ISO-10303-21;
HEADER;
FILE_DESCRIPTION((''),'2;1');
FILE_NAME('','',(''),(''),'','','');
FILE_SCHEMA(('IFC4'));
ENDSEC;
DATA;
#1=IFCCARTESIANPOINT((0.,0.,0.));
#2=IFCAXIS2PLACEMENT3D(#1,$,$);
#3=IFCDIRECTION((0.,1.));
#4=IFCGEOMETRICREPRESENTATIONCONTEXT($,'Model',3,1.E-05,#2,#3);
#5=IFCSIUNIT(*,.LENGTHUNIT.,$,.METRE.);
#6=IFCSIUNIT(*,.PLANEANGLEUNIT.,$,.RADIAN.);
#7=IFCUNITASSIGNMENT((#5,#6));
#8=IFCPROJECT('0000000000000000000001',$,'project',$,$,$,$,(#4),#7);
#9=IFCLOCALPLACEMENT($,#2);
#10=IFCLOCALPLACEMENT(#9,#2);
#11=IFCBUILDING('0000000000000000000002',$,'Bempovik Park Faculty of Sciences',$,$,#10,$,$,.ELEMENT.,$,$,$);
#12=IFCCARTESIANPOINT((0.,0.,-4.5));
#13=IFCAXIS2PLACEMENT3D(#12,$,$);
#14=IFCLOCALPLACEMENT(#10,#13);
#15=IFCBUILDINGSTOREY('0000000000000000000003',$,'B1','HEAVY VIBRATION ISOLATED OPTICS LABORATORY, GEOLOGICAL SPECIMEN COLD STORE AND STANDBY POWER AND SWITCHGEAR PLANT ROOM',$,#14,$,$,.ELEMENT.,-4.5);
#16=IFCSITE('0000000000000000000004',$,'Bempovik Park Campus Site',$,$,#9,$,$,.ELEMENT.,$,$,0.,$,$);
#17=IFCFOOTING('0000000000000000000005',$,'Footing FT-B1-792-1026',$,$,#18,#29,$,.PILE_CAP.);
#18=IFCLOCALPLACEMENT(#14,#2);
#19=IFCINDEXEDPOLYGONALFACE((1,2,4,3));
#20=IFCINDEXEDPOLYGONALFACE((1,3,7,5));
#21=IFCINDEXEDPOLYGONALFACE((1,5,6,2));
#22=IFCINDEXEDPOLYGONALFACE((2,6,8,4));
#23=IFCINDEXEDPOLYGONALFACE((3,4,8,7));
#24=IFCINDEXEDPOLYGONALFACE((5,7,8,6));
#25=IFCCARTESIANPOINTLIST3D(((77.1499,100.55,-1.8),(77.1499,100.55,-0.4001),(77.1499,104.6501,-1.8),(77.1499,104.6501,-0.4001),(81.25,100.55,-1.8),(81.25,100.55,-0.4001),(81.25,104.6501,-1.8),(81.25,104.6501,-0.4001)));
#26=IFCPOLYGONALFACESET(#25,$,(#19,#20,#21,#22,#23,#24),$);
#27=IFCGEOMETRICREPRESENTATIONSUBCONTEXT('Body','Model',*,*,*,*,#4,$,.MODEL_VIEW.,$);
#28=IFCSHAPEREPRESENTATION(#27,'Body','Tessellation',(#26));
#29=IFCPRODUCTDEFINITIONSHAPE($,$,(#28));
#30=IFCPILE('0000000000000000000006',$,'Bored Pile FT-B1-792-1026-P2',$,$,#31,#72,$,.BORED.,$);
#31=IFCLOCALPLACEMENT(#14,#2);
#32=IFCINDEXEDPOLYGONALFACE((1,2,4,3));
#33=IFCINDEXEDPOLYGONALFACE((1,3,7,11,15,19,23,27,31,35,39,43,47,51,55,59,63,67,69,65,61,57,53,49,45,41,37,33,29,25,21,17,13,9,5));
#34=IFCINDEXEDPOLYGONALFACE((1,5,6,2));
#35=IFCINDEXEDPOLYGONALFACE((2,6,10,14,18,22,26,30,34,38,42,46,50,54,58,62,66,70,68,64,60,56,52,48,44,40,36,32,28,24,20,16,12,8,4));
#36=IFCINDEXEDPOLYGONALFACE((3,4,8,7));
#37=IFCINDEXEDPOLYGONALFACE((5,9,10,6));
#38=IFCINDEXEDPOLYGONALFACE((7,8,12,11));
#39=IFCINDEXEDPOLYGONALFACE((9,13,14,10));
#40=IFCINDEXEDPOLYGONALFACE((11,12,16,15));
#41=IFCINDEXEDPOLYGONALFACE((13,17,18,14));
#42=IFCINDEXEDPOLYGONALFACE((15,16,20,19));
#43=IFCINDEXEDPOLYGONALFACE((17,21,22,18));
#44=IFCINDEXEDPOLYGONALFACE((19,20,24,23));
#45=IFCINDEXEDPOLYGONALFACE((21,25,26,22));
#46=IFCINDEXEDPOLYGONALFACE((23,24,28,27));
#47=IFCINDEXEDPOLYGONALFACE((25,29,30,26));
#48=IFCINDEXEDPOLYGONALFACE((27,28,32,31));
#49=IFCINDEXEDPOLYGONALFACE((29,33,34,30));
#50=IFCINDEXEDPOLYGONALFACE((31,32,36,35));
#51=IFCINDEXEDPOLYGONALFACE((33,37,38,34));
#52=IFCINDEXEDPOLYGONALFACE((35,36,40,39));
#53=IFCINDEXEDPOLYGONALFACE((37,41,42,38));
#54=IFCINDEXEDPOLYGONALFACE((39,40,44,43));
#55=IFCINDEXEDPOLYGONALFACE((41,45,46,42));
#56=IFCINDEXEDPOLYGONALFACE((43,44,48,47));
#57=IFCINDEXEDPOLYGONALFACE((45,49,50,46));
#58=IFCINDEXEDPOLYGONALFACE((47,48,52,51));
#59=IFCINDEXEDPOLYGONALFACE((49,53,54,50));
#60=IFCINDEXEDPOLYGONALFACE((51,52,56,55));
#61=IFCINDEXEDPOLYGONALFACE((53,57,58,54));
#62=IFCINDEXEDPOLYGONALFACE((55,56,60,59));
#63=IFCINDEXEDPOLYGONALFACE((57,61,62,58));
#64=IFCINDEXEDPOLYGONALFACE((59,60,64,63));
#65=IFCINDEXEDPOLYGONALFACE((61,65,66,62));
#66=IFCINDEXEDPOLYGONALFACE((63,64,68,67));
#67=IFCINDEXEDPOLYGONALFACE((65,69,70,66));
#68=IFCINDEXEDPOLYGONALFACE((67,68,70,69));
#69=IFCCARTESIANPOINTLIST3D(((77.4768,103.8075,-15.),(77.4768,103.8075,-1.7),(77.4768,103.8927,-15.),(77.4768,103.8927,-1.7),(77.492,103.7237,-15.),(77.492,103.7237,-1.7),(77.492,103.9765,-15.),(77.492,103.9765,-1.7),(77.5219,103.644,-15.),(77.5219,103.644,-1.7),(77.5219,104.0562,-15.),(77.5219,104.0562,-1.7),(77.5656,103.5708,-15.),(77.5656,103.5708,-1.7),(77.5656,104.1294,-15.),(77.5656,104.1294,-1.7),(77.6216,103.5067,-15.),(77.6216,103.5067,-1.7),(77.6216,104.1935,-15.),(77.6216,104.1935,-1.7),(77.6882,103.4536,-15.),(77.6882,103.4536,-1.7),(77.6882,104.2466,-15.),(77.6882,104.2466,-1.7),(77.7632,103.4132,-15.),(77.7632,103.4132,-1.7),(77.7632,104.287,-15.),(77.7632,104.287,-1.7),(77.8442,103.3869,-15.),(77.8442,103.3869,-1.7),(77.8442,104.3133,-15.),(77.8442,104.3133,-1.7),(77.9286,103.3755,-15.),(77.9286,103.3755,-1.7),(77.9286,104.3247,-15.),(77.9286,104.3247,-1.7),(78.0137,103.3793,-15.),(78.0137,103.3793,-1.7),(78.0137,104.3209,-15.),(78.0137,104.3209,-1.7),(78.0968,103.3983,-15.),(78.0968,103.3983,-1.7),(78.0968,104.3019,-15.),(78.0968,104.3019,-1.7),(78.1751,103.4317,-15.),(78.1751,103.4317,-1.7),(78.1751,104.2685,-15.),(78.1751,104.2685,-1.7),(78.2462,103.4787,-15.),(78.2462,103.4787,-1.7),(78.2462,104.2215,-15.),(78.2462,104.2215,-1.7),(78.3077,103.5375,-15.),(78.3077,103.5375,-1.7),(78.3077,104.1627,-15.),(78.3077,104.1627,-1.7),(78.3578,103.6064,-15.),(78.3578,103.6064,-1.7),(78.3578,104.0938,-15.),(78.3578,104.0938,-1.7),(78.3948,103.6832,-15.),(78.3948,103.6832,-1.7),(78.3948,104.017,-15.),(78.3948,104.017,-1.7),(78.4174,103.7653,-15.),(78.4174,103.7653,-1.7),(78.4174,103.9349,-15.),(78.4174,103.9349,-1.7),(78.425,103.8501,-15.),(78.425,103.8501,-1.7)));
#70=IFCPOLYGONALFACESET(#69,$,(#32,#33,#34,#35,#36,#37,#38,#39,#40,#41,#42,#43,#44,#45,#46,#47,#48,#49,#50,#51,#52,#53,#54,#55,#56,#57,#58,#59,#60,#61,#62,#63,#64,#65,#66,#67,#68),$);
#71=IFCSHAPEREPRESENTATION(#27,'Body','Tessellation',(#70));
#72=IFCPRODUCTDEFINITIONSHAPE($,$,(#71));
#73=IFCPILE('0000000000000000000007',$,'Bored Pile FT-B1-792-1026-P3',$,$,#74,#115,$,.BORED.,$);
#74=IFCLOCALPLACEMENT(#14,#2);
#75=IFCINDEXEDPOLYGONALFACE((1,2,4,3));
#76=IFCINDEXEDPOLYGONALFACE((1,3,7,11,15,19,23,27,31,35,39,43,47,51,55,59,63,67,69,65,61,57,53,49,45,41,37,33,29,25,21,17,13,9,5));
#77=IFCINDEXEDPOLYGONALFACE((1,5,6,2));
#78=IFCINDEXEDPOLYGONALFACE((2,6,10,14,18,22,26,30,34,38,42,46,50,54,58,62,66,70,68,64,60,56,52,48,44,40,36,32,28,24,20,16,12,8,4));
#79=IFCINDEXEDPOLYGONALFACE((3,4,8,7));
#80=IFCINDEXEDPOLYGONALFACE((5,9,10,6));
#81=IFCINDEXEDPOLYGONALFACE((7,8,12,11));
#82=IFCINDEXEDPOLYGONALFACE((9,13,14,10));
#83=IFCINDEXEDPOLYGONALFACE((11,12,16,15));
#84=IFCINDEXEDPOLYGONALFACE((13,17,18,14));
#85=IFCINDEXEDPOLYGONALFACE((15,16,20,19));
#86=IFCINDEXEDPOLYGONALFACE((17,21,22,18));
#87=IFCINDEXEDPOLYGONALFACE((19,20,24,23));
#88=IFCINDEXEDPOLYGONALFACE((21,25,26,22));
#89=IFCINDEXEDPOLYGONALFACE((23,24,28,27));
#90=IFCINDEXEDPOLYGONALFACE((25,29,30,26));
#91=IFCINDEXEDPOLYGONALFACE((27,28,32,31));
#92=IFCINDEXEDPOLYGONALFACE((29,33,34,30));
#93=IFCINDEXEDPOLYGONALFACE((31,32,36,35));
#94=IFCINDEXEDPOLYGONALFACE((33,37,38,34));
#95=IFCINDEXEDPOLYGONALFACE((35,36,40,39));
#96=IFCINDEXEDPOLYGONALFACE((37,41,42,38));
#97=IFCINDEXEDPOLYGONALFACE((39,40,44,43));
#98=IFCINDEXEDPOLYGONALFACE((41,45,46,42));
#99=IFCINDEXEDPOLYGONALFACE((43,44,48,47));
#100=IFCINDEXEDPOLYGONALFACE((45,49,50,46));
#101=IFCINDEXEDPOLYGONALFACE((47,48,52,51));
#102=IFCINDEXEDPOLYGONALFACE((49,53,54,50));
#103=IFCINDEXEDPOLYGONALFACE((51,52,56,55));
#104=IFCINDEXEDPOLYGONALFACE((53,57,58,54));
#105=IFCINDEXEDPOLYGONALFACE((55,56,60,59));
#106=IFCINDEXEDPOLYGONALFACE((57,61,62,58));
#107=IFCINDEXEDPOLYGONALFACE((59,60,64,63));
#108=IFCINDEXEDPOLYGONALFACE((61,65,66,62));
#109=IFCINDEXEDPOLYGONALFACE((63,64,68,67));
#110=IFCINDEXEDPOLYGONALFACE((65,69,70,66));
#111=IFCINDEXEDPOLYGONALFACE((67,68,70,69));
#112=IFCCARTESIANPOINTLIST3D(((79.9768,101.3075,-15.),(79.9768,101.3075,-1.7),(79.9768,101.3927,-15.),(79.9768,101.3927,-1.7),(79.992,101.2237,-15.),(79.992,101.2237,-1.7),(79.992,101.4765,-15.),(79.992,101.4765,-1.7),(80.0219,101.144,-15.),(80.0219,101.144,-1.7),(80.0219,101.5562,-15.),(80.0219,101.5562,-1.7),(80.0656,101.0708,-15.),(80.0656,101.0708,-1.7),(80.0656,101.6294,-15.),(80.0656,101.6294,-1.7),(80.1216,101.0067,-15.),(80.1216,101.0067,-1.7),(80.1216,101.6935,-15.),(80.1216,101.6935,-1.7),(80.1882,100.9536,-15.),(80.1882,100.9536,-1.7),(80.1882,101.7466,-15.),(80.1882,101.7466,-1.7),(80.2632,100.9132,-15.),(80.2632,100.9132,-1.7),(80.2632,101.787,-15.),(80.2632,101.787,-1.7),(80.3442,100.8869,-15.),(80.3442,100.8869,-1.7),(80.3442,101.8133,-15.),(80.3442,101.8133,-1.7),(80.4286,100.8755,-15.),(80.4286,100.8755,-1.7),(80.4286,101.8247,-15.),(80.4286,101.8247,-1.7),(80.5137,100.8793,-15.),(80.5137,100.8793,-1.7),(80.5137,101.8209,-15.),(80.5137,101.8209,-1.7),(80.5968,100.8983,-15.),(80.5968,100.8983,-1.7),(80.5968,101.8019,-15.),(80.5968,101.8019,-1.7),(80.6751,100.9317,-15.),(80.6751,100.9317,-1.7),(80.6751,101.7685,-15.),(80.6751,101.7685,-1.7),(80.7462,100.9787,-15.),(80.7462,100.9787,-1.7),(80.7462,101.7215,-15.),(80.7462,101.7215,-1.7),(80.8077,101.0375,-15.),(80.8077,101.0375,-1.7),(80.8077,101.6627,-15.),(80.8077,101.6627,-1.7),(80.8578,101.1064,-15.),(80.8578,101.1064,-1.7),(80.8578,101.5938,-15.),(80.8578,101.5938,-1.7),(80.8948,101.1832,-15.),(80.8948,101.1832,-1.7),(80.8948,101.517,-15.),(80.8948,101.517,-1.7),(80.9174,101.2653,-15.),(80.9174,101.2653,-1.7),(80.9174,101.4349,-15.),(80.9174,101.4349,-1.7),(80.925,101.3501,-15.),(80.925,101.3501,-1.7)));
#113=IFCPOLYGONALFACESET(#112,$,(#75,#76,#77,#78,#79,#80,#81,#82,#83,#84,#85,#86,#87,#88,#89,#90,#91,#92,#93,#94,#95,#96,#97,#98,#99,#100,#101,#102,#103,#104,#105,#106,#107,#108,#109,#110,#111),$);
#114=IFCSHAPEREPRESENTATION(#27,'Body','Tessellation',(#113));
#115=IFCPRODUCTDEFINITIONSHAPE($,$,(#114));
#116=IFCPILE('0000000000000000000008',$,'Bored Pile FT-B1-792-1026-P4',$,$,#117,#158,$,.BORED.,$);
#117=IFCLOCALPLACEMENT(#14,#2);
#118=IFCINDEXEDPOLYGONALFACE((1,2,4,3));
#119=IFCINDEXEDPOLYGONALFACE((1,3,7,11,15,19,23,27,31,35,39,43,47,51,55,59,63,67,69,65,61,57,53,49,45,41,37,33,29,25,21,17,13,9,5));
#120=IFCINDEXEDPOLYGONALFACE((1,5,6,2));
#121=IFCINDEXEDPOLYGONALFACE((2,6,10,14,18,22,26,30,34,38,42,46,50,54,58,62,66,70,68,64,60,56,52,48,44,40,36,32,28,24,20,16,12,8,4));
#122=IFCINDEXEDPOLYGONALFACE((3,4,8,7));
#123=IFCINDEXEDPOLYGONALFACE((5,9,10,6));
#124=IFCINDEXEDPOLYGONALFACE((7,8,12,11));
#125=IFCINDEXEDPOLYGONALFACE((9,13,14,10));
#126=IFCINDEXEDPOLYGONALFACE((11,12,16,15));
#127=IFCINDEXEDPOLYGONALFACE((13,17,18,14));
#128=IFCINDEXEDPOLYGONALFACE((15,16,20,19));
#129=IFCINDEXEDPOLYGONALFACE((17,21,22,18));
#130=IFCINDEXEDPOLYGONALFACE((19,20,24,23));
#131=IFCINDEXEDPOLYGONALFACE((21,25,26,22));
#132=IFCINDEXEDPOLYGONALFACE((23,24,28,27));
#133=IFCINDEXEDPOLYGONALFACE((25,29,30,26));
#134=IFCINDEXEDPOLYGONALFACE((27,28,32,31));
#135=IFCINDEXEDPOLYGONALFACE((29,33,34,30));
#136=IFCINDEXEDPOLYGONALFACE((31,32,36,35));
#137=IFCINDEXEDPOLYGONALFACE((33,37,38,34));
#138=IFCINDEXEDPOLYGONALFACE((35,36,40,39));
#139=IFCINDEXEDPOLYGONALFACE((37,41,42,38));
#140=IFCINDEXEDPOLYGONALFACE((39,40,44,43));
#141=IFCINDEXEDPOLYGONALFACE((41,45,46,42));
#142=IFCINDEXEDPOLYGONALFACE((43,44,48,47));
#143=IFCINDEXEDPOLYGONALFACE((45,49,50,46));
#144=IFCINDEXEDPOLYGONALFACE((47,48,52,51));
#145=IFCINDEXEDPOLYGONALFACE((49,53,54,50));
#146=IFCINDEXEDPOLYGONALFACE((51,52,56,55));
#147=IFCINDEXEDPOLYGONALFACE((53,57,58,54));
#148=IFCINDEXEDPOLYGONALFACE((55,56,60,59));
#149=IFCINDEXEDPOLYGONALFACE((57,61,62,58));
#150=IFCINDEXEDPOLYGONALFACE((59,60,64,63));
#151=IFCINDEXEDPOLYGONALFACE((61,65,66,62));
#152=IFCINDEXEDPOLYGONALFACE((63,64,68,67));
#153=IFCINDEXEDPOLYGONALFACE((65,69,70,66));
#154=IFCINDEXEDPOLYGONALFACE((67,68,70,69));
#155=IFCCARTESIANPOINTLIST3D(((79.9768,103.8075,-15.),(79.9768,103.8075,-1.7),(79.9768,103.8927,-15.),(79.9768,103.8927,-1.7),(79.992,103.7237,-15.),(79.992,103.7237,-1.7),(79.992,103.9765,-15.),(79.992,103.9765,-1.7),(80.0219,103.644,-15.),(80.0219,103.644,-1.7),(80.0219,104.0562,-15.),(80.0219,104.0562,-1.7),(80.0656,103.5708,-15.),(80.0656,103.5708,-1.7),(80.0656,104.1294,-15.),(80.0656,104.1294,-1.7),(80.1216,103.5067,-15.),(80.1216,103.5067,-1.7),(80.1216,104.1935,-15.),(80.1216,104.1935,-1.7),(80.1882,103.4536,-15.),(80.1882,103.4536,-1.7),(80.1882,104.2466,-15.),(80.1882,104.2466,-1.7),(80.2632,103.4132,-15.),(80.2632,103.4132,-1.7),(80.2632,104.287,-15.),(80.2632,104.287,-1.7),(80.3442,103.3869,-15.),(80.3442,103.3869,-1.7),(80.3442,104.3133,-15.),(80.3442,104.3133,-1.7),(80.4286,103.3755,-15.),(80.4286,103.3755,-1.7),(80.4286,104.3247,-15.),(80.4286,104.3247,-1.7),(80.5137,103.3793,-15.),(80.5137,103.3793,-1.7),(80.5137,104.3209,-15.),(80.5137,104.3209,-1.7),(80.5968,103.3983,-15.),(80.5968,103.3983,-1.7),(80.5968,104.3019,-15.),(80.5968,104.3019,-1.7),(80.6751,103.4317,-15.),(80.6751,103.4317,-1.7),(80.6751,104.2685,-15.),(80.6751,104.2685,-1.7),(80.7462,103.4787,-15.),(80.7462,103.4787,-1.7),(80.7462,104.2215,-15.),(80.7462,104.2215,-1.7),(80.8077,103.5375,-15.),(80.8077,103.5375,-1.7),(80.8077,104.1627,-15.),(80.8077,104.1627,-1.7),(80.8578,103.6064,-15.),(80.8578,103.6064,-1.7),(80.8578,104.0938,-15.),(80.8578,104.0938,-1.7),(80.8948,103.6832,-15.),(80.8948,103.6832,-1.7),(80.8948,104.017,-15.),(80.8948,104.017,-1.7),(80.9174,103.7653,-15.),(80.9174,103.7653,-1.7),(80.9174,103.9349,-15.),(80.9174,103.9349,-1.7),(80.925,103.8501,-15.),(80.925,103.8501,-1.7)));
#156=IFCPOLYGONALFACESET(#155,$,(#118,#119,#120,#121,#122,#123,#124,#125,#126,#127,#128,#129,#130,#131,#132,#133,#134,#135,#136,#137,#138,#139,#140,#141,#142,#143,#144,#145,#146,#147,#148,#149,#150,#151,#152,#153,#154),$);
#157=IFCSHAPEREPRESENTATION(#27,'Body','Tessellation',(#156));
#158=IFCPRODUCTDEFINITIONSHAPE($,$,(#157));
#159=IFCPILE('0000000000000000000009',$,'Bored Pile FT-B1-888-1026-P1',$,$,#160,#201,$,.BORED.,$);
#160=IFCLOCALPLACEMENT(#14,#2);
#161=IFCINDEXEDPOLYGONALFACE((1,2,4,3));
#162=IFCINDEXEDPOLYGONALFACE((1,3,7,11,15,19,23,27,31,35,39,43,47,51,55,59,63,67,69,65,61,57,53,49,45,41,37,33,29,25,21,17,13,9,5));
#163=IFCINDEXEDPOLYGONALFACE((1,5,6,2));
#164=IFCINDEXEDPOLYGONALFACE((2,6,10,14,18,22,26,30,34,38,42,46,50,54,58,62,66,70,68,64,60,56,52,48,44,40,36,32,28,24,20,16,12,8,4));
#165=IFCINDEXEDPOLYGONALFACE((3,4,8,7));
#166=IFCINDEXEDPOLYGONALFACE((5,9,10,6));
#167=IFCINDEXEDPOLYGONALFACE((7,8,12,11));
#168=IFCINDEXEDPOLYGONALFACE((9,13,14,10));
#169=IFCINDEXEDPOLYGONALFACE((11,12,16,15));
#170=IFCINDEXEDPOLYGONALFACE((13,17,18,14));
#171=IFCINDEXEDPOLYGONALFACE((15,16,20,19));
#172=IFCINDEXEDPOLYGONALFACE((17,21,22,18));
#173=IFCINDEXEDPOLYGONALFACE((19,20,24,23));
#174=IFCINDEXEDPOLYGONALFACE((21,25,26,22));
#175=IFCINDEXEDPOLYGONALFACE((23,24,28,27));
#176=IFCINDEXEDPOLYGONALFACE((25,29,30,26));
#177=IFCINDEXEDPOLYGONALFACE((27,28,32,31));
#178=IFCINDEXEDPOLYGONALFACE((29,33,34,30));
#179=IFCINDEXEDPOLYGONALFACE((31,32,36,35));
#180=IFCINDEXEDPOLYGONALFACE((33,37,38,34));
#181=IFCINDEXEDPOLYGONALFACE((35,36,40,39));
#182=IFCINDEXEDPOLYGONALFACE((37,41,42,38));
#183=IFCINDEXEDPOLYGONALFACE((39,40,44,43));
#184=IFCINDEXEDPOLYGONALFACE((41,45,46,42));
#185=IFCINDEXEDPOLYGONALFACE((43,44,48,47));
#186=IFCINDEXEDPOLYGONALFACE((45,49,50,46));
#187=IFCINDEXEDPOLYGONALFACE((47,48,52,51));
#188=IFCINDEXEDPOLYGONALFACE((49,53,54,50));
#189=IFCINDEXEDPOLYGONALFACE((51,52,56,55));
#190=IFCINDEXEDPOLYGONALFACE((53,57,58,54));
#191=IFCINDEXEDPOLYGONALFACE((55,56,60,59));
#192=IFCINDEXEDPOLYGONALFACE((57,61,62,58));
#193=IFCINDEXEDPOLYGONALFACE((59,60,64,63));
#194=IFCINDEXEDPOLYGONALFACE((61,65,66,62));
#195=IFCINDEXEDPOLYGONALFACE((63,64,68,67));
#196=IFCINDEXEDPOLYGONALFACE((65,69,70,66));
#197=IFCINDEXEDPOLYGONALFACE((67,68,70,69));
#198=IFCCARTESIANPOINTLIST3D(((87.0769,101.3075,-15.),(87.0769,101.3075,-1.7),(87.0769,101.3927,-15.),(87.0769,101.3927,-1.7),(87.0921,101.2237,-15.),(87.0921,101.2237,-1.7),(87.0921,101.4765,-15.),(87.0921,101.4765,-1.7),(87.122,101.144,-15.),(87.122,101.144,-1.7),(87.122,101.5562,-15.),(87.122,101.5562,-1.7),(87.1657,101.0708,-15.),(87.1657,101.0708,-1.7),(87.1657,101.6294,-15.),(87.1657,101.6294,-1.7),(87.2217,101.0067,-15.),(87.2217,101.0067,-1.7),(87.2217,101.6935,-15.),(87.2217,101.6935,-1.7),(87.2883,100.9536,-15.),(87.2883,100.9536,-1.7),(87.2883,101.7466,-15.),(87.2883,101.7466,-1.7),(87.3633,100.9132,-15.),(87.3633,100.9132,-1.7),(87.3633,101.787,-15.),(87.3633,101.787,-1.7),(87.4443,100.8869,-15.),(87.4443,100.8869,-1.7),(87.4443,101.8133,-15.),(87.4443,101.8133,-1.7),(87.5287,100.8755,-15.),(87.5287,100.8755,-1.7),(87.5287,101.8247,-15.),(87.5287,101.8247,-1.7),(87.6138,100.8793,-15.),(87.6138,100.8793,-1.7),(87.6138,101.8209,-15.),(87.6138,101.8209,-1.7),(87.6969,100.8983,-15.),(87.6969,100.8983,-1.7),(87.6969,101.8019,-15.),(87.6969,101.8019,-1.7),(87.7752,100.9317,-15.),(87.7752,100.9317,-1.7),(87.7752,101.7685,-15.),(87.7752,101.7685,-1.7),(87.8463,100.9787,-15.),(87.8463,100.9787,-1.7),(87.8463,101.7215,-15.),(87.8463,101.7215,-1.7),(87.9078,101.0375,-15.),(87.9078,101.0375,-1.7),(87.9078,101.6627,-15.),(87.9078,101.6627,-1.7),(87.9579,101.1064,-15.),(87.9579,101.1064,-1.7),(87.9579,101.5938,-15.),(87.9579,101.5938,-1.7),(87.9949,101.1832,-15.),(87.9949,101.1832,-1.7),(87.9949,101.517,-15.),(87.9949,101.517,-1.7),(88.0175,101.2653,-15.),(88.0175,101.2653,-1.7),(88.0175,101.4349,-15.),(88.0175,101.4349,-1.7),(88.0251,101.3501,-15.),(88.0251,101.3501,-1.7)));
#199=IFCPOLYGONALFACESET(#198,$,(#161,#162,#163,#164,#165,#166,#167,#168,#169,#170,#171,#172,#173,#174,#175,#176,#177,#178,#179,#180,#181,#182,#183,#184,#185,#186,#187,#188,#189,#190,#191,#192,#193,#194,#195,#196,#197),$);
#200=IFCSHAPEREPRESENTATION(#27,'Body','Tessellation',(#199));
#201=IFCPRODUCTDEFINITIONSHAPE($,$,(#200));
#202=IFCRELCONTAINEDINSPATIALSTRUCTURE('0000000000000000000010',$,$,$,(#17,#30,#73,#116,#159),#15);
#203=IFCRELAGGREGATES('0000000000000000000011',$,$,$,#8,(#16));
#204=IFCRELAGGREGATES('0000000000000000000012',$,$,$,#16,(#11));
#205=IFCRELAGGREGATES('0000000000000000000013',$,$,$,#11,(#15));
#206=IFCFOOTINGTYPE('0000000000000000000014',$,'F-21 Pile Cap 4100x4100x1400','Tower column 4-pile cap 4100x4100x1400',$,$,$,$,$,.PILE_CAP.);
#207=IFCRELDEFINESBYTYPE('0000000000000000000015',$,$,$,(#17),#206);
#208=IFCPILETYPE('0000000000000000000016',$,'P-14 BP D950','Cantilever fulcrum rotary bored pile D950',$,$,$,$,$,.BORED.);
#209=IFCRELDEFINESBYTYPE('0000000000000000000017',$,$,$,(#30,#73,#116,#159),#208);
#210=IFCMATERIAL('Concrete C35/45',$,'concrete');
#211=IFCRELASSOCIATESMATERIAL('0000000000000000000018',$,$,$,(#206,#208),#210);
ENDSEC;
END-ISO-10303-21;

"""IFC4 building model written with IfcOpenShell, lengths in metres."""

from ifc_helpers import new_model, si_unit, direction, frame, origin, origin_2d, place, context, subcontext, project, spatial, rectangle, circle, extrude, material, material_profile, profile_set, type_object, element, save


model = new_model("IFC4")

# Units and contexts
model_context = context("Model", 3, precision=1e-05, world=origin(), true_north=direction((0.0, 1.0)))
body_context = subcontext(model_context, "Body", "Model", "MODEL_VIEW")
ifc_project = project(units=[si_unit("LENGTHUNIT", "METRE"), si_unit("PLANEANGLEUNIT", "RADIAN")], contexts=[model_context])

# Site, building, storey
site_placement = place(None, origin())
site = spatial("IfcSite", under=ifc_project, at=site_placement, Name="Bempovik Park Campus Site", CompositionType="ELEMENT", RefElevation=0.0)
building_placement = place(site_placement, origin())
building = spatial("IfcBuilding", under=site, at=building_placement, Name="Bempovik Park Faculty of Sciences", CompositionType="ELEMENT")
storey_placement = place(building_placement, frame((0.0, 0.0, -4.5)))
storey = spatial("IfcBuildingStorey", under=building, at=storey_placement, Name="B1", Description="HEAVY VIBRATION ISOLATED OPTICS LABORATORY, GEOLOGICAL SPECIMEN COLD STORE AND STANDBY POWER AND SWITCHGEAR PLANT ROOM", CompositionType="ELEMENT", Elevation=-4.5)

# Footing
ifc_material_1 = material(Name="Concrete C35/45", Category="concrete")
footing_type = type_object("IfcFootingType", Name="F-21 Pile Cap 4100x4100x1400", Description="Tower column 4-pile cap 4100x4100x1400", PredefinedType="PILE_CAP", material=ifc_material_1)
footing_placement = place(storey_placement, frame((79.2, 102.6001, -1.8), z_axis=(0.0, 0.0, 1.0), x_axis=(1.0, 0.0, 0.0)))
element("IfcFooting", 1, at=footing_placement, inside=storey, type_object=footing_type, Name="Footing FT-B1-792-1026", PredefinedType="PILE_CAP", context=body_context, shape_type="SweptSolid", body=[
    extrude(rectangle(XDim=4.1001, YDim=4.1001, at=origin_2d()), origin(), (0.0, 0.0, 1.0), 1.3999),
])

# Piles
ifc_material_profile_1 = material_profile(ifc_material_1, circle(Radius=0.4751, at=origin_2d()), Name="BP D950")
ifc_profile_set_1 = profile_set([ifc_material_profile_1], Name="Concrete C35/45")
pile_type = type_object("IfcPileType", Name="P-14 BP D950", Description="Cantilever fulcrum rotary bored pile D950", PredefinedType="BORED", material=ifc_profile_set_1)
for number, where, z_axis, x_axis, name in (
    (2, (77.95, 103.8501, -1.7), (0.0, 0.0, -1.0), (1.0, 0.0, 0.0), "Bored Pile FT-B1-792-1026-P2"),
    (3, (80.45, 101.3501, -1.7), (0.0, 0.0, -1.0), (1.0, 0.0, 0.0), "Bored Pile FT-B1-792-1026-P3"),
    (4, (80.45, 103.8501, -1.7), (0.0, 0.0, -1.0), (1.0, 0.0, 0.0), "Bored Pile FT-B1-792-1026-P4"),
    (5, (87.55, 101.3501, -1.7), (0.0, 0.0, -1.0), (1.0, 0.0, 0.0), "Bored Pile FT-B1-888-1026-P1"),
):
    element("IfcPile", number, at=place(storey_placement, frame(where, z_axis=z_axis, x_axis=x_axis)), inside=storey, type_object=pile_type, Name=name, PredefinedType="BORED", context=body_context, shape_type="SweptSolid", body=[
        extrude(circle(Radius=0.4751, at=origin_2d()), origin(), (0.0, 0.0, 1.0), 13.3),
    ])

save(model, "model.ifc")
